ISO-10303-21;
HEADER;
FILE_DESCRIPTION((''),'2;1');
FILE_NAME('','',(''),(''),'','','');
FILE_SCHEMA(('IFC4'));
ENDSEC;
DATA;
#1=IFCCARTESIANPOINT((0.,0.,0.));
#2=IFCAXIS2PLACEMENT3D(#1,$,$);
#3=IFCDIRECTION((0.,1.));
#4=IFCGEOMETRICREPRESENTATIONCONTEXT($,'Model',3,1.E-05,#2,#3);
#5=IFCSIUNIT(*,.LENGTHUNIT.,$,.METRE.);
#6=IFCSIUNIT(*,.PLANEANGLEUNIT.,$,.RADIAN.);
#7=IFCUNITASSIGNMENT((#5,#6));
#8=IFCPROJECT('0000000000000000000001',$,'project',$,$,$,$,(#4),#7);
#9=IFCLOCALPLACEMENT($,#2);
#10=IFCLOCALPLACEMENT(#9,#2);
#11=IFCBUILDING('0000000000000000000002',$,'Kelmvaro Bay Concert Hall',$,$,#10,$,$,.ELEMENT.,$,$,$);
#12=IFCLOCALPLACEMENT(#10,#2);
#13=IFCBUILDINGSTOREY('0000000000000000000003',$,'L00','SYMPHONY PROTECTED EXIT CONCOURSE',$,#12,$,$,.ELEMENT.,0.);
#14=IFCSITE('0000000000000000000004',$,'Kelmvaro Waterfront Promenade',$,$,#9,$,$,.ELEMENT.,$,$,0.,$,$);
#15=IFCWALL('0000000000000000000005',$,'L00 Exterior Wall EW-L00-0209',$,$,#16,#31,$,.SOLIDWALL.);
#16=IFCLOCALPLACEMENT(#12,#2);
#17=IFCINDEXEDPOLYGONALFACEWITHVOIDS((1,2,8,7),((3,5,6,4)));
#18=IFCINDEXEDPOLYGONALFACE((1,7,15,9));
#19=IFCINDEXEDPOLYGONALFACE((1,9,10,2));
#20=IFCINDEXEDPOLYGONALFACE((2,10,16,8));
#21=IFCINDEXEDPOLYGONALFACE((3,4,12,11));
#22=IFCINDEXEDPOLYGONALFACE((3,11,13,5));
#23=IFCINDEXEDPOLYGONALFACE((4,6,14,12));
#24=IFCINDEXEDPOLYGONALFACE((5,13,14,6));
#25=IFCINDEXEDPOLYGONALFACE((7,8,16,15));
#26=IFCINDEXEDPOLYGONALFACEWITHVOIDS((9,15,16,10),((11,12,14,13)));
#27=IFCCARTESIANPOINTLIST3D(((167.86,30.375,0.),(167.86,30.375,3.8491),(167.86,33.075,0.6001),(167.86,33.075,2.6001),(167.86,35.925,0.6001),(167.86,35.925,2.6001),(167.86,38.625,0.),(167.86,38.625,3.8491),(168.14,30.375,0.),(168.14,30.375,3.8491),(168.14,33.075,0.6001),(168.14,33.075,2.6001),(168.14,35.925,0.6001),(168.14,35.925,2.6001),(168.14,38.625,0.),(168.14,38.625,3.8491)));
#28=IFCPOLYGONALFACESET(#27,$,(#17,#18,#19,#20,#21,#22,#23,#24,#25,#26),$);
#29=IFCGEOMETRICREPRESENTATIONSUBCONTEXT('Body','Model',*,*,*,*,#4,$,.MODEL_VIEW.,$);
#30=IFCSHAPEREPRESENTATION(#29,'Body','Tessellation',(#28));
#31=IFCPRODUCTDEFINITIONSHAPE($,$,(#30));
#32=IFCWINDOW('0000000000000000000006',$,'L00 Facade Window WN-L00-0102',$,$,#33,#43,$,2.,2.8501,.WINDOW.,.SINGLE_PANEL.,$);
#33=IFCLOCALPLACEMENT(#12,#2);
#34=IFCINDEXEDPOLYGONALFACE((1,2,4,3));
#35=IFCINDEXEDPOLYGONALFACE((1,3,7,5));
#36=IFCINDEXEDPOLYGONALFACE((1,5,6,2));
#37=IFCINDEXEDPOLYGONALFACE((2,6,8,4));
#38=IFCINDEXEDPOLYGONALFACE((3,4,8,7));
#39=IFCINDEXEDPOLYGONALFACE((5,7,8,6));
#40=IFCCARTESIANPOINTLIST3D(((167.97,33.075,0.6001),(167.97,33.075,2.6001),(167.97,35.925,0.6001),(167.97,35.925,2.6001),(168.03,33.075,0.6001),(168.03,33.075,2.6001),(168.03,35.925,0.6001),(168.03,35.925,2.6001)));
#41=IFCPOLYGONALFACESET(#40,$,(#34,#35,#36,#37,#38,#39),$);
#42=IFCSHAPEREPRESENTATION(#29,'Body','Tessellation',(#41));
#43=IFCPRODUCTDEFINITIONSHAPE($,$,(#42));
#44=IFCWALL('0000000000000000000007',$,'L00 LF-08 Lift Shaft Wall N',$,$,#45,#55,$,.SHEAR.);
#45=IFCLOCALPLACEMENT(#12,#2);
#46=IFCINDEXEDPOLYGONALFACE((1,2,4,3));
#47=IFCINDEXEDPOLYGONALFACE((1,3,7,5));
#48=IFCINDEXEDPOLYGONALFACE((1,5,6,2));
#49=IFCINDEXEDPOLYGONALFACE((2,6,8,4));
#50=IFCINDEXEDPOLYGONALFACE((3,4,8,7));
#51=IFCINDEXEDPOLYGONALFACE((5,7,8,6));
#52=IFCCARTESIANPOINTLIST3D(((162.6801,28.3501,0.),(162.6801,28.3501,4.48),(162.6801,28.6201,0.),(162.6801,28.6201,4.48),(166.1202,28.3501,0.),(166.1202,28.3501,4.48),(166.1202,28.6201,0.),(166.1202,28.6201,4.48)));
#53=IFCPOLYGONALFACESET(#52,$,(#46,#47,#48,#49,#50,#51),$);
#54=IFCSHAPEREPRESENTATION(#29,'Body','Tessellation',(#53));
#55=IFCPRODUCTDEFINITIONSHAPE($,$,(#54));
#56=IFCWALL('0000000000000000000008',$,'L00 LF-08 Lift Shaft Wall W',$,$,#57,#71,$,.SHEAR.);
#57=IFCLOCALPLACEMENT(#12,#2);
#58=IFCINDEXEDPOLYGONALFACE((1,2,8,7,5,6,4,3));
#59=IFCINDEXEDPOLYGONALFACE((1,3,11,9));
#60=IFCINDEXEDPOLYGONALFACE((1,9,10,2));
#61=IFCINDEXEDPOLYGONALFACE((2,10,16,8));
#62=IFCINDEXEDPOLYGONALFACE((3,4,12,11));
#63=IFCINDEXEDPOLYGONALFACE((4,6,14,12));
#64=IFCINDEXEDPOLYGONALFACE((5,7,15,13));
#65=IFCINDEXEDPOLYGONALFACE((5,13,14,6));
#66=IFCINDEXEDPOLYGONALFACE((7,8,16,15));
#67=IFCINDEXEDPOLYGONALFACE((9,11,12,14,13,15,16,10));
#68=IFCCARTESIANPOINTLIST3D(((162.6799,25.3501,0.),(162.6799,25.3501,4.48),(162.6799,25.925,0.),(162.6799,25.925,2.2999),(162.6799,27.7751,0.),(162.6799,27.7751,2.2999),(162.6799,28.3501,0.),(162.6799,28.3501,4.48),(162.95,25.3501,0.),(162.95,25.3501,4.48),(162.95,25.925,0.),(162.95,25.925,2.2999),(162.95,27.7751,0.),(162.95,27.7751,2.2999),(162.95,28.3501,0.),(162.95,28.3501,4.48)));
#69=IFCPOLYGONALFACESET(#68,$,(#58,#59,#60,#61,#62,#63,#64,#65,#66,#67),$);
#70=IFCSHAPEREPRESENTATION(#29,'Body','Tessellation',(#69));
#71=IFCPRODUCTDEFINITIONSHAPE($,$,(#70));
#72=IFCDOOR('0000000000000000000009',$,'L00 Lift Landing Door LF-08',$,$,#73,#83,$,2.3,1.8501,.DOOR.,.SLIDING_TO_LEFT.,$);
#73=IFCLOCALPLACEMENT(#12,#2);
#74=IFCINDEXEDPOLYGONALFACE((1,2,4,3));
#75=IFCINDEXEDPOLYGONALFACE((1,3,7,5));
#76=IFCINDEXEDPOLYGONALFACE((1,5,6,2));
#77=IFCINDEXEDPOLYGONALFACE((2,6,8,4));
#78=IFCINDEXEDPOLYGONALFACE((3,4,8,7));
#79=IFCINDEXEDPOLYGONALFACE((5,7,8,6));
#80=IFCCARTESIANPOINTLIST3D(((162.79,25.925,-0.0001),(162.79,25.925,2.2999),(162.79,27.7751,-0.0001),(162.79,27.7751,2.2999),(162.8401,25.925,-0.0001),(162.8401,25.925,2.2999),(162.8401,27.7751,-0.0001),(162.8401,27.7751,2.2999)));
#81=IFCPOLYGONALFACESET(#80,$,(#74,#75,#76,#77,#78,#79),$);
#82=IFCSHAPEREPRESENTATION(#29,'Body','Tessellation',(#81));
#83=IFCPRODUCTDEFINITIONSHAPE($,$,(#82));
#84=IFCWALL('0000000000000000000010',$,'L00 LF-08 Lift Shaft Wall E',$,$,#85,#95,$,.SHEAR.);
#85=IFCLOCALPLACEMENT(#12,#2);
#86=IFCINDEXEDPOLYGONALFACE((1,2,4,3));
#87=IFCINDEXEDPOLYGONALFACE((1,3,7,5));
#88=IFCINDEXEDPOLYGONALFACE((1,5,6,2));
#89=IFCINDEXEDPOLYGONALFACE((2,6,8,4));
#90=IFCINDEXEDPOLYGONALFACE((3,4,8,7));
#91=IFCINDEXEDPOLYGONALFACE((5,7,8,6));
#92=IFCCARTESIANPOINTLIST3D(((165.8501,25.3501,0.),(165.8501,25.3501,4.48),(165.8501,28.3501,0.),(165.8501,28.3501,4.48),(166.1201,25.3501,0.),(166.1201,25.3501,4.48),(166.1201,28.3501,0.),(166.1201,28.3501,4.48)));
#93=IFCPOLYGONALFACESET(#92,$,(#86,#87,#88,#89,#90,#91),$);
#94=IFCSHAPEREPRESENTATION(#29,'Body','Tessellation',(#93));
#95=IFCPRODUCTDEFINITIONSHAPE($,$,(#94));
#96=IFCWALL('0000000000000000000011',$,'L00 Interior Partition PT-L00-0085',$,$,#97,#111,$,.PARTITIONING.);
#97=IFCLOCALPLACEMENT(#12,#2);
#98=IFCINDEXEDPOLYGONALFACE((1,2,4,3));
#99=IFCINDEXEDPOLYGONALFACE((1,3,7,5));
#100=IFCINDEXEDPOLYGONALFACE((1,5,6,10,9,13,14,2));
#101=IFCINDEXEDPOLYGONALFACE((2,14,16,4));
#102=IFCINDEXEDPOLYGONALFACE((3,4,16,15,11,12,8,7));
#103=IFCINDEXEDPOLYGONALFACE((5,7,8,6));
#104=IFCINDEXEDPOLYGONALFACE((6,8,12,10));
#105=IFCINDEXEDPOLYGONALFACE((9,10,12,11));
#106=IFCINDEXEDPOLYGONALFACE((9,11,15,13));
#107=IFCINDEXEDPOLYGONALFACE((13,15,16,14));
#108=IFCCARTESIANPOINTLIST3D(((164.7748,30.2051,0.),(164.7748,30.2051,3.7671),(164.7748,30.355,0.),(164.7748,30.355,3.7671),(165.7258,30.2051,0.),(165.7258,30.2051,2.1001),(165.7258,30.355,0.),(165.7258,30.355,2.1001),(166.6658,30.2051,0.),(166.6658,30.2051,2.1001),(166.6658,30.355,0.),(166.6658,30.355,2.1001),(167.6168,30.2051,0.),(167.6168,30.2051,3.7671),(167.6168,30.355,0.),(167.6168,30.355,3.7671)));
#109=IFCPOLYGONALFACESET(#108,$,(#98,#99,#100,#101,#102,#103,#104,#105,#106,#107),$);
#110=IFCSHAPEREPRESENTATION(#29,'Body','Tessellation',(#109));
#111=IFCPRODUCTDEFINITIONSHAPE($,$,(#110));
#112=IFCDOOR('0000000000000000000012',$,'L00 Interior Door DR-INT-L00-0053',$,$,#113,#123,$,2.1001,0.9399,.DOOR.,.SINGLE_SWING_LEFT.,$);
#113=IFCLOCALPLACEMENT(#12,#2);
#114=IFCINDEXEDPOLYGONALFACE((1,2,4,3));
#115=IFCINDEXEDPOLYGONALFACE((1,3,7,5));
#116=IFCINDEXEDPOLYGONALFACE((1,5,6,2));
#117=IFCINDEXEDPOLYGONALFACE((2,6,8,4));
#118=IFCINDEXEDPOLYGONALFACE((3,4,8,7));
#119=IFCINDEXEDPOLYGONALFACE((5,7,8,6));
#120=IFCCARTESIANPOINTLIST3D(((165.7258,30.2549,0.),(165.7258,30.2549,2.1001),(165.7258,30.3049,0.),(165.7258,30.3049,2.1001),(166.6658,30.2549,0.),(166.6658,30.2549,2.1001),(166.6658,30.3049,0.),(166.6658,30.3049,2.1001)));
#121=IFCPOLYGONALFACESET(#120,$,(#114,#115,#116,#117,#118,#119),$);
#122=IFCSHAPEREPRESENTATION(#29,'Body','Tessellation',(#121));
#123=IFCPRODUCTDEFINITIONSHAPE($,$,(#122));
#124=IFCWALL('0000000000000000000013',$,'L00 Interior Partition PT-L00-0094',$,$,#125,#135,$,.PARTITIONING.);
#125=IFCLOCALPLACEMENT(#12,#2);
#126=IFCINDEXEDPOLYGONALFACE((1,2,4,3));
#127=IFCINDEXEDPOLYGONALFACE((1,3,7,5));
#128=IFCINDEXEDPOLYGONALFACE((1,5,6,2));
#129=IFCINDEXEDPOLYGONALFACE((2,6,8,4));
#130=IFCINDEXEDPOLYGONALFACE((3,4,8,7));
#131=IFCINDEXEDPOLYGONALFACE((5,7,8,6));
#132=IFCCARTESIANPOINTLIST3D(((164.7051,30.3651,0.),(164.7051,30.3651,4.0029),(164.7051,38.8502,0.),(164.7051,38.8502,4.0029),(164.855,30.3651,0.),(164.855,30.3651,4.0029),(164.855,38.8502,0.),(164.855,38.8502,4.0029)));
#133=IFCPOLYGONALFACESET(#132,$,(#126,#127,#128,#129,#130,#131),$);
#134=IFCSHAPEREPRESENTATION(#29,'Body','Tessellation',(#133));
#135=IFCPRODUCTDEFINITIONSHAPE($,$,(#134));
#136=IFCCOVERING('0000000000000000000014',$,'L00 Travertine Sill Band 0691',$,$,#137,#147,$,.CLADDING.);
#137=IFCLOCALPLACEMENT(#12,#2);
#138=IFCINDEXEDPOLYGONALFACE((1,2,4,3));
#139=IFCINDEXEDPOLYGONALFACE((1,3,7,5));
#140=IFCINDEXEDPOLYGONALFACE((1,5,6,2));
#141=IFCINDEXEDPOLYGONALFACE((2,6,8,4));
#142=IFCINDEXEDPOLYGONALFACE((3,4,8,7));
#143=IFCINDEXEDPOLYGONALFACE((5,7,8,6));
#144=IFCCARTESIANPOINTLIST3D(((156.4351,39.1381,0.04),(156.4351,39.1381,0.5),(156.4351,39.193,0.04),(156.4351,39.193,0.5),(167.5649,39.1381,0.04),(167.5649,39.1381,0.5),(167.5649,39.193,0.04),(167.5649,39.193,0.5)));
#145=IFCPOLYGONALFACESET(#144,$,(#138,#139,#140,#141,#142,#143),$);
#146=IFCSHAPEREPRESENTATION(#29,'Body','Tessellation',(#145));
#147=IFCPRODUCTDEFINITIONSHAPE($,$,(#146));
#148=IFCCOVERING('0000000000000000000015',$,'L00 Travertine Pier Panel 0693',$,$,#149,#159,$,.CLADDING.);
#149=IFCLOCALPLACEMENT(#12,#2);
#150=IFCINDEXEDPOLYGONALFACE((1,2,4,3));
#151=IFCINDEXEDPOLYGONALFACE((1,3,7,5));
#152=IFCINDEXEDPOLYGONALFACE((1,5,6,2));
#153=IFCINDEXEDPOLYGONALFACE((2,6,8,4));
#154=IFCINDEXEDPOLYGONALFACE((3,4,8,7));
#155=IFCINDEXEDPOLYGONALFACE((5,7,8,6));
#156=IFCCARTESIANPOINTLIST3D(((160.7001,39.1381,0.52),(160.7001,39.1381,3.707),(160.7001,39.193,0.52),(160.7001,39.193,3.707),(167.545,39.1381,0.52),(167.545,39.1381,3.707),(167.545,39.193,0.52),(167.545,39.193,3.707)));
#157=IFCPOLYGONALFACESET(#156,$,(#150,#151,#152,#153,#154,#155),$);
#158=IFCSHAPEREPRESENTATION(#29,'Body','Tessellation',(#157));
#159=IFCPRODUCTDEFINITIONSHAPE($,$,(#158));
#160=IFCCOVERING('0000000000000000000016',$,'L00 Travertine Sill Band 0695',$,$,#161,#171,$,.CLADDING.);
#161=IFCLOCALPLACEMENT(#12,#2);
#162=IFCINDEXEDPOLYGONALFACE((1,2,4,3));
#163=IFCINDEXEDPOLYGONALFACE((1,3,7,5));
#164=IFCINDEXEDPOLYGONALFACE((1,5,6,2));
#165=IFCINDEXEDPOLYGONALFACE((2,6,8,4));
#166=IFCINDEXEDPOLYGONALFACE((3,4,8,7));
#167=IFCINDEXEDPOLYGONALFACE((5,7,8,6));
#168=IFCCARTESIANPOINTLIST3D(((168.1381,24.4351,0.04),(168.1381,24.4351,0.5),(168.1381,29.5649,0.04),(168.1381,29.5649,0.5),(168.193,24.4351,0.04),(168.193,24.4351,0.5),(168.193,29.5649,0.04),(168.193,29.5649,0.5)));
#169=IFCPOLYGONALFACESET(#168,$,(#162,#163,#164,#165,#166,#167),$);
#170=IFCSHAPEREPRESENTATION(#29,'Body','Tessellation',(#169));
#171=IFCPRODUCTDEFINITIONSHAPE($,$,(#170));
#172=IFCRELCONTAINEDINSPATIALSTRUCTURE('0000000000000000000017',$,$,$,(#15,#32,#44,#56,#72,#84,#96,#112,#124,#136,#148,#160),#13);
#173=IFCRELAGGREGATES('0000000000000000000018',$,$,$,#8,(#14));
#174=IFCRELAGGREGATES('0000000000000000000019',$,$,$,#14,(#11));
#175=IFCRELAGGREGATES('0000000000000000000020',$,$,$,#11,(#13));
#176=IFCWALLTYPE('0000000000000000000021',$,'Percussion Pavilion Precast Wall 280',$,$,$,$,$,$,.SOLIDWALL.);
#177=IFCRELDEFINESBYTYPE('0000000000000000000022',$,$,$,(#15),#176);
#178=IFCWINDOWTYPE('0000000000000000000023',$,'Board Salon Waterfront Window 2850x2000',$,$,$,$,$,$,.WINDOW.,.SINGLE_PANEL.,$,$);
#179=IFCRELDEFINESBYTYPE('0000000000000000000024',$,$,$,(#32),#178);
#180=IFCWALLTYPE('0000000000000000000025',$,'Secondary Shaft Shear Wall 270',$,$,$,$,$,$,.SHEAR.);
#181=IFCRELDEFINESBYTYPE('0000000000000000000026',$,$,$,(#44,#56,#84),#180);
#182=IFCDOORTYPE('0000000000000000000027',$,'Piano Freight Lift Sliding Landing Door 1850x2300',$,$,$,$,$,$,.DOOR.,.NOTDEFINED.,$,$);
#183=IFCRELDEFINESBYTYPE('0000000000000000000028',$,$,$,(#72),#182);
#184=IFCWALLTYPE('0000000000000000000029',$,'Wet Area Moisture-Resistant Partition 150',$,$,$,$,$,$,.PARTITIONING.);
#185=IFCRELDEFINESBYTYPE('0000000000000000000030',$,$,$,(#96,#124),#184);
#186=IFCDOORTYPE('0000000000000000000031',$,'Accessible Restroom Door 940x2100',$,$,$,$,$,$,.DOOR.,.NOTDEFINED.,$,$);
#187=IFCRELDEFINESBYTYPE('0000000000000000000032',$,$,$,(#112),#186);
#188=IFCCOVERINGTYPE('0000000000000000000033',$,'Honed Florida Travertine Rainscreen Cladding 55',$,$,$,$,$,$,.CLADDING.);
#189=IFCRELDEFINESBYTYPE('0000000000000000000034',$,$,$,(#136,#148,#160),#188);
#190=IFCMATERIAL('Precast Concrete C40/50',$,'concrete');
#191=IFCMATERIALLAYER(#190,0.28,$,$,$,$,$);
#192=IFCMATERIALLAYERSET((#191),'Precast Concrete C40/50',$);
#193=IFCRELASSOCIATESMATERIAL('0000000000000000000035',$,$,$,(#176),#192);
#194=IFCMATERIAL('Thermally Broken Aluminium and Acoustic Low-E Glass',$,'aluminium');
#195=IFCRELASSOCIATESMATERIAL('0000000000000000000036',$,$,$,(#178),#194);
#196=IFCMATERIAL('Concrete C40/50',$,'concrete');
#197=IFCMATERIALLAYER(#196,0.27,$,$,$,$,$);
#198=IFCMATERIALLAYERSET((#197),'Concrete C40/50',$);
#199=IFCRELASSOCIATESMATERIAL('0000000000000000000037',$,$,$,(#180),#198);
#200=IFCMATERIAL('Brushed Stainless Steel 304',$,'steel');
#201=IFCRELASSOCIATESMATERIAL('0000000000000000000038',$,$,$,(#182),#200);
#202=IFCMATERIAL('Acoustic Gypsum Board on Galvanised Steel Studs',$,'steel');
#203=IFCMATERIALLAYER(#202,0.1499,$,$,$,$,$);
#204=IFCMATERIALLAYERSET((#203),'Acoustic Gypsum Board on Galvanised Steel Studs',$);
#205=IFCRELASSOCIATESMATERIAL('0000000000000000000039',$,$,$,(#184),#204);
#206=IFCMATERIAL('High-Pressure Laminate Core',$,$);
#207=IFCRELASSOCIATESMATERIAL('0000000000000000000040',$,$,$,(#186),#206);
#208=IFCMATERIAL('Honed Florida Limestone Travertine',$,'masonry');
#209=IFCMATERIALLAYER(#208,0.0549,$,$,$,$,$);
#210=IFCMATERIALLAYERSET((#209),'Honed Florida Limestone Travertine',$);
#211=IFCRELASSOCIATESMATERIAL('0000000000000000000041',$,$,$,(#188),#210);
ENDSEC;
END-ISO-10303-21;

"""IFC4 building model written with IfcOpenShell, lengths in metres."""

from ifc_helpers import new_model, si_unit, direction, frame, frame_2d, origin, origin_2d, place, context, subcontext, project, spatial, rectangle, extrude, material, layer, layer_set, type_object, element, fill, save


model = new_model("IFC4")

# Units and contexts
model_context = context("Model", 3, precision=1e-05, world=origin(), true_north=direction((0.0, 1.0)))
body_context = subcontext(model_context, "Body", "Model", "MODEL_VIEW")
ifc_project = project(units=[si_unit("LENGTHUNIT", "METRE"), si_unit("PLANEANGLEUNIT", "RADIAN")], contexts=[model_context])

# Site, building, storey
site_placement = place(None, origin())
site = spatial("IfcSite", under=ifc_project, at=site_placement, Name="Kelmvaro Waterfront Promenade", CompositionType="ELEMENT", RefElevation=0.0)
building_placement = place(site_placement, origin())
building = spatial("IfcBuilding", under=site, at=building_placement, Name="Kelmvaro Bay Concert Hall", CompositionType="ELEMENT")
storey_placement = place(building_placement, origin())
storey = spatial("IfcBuildingStorey", under=building, at=storey_placement, Name="L00", Description="SYMPHONY PROTECTED EXIT CONCOURSE", CompositionType="ELEMENT", Elevation=0.0)

# Wall, opening, window
ifc_material_1 = material(Name="Precast Concrete C40/50", Category="concrete")
ifc_layer_1 = layer(ifc_material_1, 0.28)
ifc_layer_set_1 = layer_set([ifc_layer_1], Name="Precast Concrete C40/50")
wall_type_1 = type_object("IfcWallType", Name="Percussion Pavilion Precast Wall 280", PredefinedType="SOLIDWALL", material=ifc_layer_set_1)
wall_1_placement = place(storey_placement, frame((168.0, 38.625, 0.0), z_axis=(0.0, 0.0, 1.0), x_axis=(0.0, -1.0, 0.0)))
wall_1 = element("IfcWall", 1, at=wall_1_placement, inside=storey, type_object=wall_type_1, Name="L00 Exterior Wall EW-L00-0209", PredefinedType="SOLIDWALL", context=body_context, shape_type="SweptSolid", body=[
    extrude(rectangle(XDim=8.25, YDim=0.28, at=frame_2d((4.125, 0.0))), origin(), (0.0, 0.0, 1.0), 3.8491),
])
opening_1_placement = place(wall_1_placement, frame((2.7, 0.0, 0.6001)))
opening_1 = element("IfcOpeningElement", 2, at=opening_1_placement, cuts=wall_1, PredefinedType="OPENING", context=body_context, shape_type="SweptSolid", body=[
    extrude(rectangle(XDim=2.8501, YDim=2.0, at=frame_2d((1.425, 1.0))), frame((0.0, 0.1499, 0.0), z_axis=(0.0, -1.0, 0.0), x_axis=(1.0, 0.0, 0.0)), (0.0, 0.0, 1.0), 0.3),
])
ifc_material_2 = material(Name="Thermally Broken Aluminium and Acoustic Low-E Glass", Category="aluminium")
window_type_1 = type_object("IfcWindowType", Name="Board Salon Waterfront Window 2850x2000", PartitioningType="SINGLE_PANEL", PredefinedType="WINDOW", material=ifc_material_2)
window_1_placement = place(opening_1_placement, origin())
window_1 = element("IfcWindow", 3, at=window_1_placement, inside=storey, type_object=window_type_1, Name="L00 Facade Window WN-L00-0102", OverallHeight=2.0, OverallWidth=2.8501, PartitioningType="SINGLE_PANEL", PredefinedType="WINDOW", context=body_context, shape_type="SweptSolid", body=[
    extrude(rectangle(XDim=2.8501, YDim=2.0, at=frame_2d((1.425, 1.0))), frame((0.0, 0.03, 0.0), z_axis=(0.0, -1.0, 0.0), x_axis=(1.0, 0.0, 0.0)), (0.0, 0.0, 1.0), 0.0601),
])
fill(opening_1, window_1)

# Wall
ifc_material_3 = material(Name="Concrete C40/50", Category="concrete")
ifc_layer_2 = layer(ifc_material_3, 0.27)
ifc_layer_set_2 = layer_set([ifc_layer_2], Name="Concrete C40/50")
wall_type_2 = type_object("IfcWallType", Name="Secondary Shaft Shear Wall 270", PredefinedType="SHEAR", material=ifc_layer_set_2)
wall_2_placement = place(storey_placement, frame((162.6799, 28.4851, 0.0), z_axis=(0.0, 0.0, 1.0), x_axis=(1.0, 0.0, 0.0)))
element("IfcWall", 4, at=wall_2_placement, inside=storey, type_object=wall_type_2, Name="L00 LF-08 Lift Shaft Wall N", PredefinedType="SHEAR", context=body_context, shape_type="SweptSolid", body=[
    extrude(rectangle(XDim=3.4402, YDim=0.27, at=frame_2d((1.7202, 0.0))), origin(), (0.0, 0.0, 1.0), 4.48),
])

# Wall, opening, door
wall_3_placement = place(storey_placement, frame((162.8149, 25.3501, 0.0), z_axis=(0.0, 0.0, 1.0), x_axis=(0.0, 1.0, 0.0)))
wall_3 = element("IfcWall", 5, at=wall_3_placement, inside=storey, type_object=wall_type_2, Name="L00 LF-08 Lift Shaft Wall W", PredefinedType="SHEAR", context=body_context, shape_type="SweptSolid", body=[
    extrude(rectangle(XDim=3.0, YDim=0.27, at=frame_2d((1.5, 0.0))), origin(), (0.0, 0.0, 1.0), 4.48),
])
opening_2_placement = place(wall_3_placement, frame((0.575, 0.0, 0.0)))
opening_2 = element("IfcOpeningElement", 6, at=opening_2_placement, cuts=wall_3, PredefinedType="OPENING", context=body_context, shape_type="SweptSolid", body=[
    extrude(rectangle(XDim=1.8501, YDim=2.3, at=frame_2d((0.925, 1.1499))), frame((0.0, 0.145, 0.0), z_axis=(0.0, -1.0, 0.0), x_axis=(1.0, 0.0, 0.0)), (0.0, 0.0, 1.0), 0.29),
])
ifc_material_4 = material(Name="Brushed Stainless Steel 304", Category="steel")
door_type_1 = type_object("IfcDoorType", Name="Piano Freight Lift Sliding Landing Door 1850x2300", OperationType="NOTDEFINED", PredefinedType="DOOR", material=ifc_material_4)
door_1_placement = place(opening_2_placement, origin())
door_1 = element("IfcDoor", 7, at=door_1_placement, inside=storey, type_object=door_type_1, Name="L00 Lift Landing Door LF-08", OperationType="SLIDING_TO_LEFT", OverallHeight=2.3, OverallWidth=1.8501, PredefinedType="DOOR", context=body_context, shape_type="SweptSolid", body=[
    extrude(rectangle(XDim=1.8501, YDim=2.3, at=frame_2d((0.925, 1.1499))), frame((0.0, 0.0249, 0.0), z_axis=(0.0, -1.0, 0.0), x_axis=(1.0, 0.0, 0.0)), (0.0, 0.0, 1.0), 0.05),
])
fill(opening_2, door_1)

# Wall
wall_4_placement = place(storey_placement, frame((165.9851, 25.3501, 0.0), z_axis=(0.0, 0.0, 1.0), x_axis=(0.0, 1.0, 0.0)))
element("IfcWall", 8, at=wall_4_placement, inside=storey, type_object=wall_type_2, Name="L00 LF-08 Lift Shaft Wall E", PredefinedType="SHEAR", context=body_context, shape_type="SweptSolid", body=[
    extrude(rectangle(XDim=3.0, YDim=0.27, at=frame_2d((1.5, 0.0))), origin(), (0.0, 0.0, 1.0), 4.48),
])

# Wall, opening, door
ifc_material_5 = material(Name="Acoustic Gypsum Board on Galvanised Steel Studs", Category="steel")
ifc_layer_3 = layer(ifc_material_5, 0.1499)
ifc_layer_set_3 = layer_set([ifc_layer_3], Name="Acoustic Gypsum Board on Galvanised Steel Studs")
wall_type_3 = type_object("IfcWallType", Name="Wet Area Moisture-Resistant Partition 150", PredefinedType="PARTITIONING", material=ifc_layer_set_3)
wall_5_placement = place(storey_placement, frame((164.7749, 30.28, 0.0), z_axis=(0.0, 0.0, 1.0), x_axis=(1.0, 0.0, 0.0)))
wall_5 = element("IfcWall", 9, at=wall_5_placement, inside=storey, type_object=wall_type_3, Name="L00 Interior Partition PT-L00-0085", PredefinedType="PARTITIONING", context=body_context, shape_type="SweptSolid", body=[
    extrude(rectangle(XDim=2.842, YDim=0.1499, at=frame_2d((1.4209, 0.0))), origin(), (0.0, 0.0, 1.0), 3.7671),
])
opening_3_placement = place(wall_5_placement, frame((0.9509, 0.0, 0.0)))
opening_3 = element("IfcOpeningElement", 10, at=opening_3_placement, cuts=wall_5, PredefinedType="OPENING", context=body_context, shape_type="SweptSolid", body=[
    extrude(rectangle(XDim=0.9399, YDim=2.1001, at=frame_2d((0.47, 1.05))), frame((0.0, 0.085, 0.0), z_axis=(0.0, -1.0, 0.0), x_axis=(1.0, 0.0, 0.0)), (0.0, 0.0, 1.0), 0.1699),
])
ifc_material_6 = material(Name="High-Pressure Laminate Core")
door_type_2 = type_object("IfcDoorType", Name="Accessible Restroom Door 940x2100", OperationType="NOTDEFINED", PredefinedType="DOOR", material=ifc_material_6)
door_2_placement = place(opening_3_placement, origin())
door_2 = element("IfcDoor", 11, at=door_2_placement, inside=storey, type_object=door_type_2, Name="L00 Interior Door DR-INT-L00-0053", OperationType="SINGLE_SWING_LEFT", OverallHeight=2.1001, OverallWidth=0.9399, PredefinedType="DOOR", context=body_context, shape_type="SweptSolid", body=[
    extrude(rectangle(XDim=0.9399, YDim=2.1001, at=frame_2d((0.47, 1.05))), frame((0.0, 0.0249, 0.0), z_axis=(0.0, -1.0, 0.0), x_axis=(1.0, 0.0, 0.0)), (0.0, 0.0, 1.0), 0.05),
])
fill(opening_3, door_2)

# Wall
wall_6_placement = place(storey_placement, frame((164.78, 30.365, 0.0), z_axis=(0.0, 0.0, 1.0), x_axis=(0.0, 1.0, 0.0)))
element("IfcWall", 12, at=wall_6_placement, inside=storey, type_object=wall_type_3, Name="L00 Interior Partition PT-L00-0094", PredefinedType="PARTITIONING", context=body_context, shape_type="SweptSolid", body=[
    extrude(rectangle(XDim=8.4851, YDim=0.1499, at=frame_2d((4.2427, 0.0))), origin(), (0.0, 0.0, 1.0), 4.0029),
])

# Coverings
ifc_material_7 = material(Name="Honed Florida Limestone Travertine", Category="masonry")
ifc_layer_4 = layer(ifc_material_7, 0.0549)
ifc_layer_set_4 = layer_set([ifc_layer_4], Name="Honed Florida Limestone Travertine")
covering_type = type_object("IfcCoveringType", Name="Honed Florida Travertine Rainscreen Cladding 55", PredefinedType="CLADDING", material=ifc_layer_set_4)
covering_1_placement = place(storey_placement, frame((162.0, 39.1655, 0.04), z_axis=(0.0, 0.0, 1.0), x_axis=(1.0, 0.0, 0.0)))
element("IfcCovering", 13, at=covering_1_placement, inside=storey, type_object=covering_type, Name="L00 Travertine Sill Band 0691", PredefinedType="CLADDING", context=body_context, shape_type="SweptSolid", body=[
    extrude(rectangle(XDim=11.1299, YDim=0.0549, at=origin_2d()), origin(), (0.0, 0.0, 1.0), 0.46),
])
covering_2_placement = place(storey_placement, frame((164.1226, 39.1655, 0.52), z_axis=(0.0, 0.0, 1.0), x_axis=(1.0, 0.0, 0.0)))
element("IfcCovering", 14, at=covering_2_placement, inside=storey, type_object=covering_type, Name="L00 Travertine Pier Panel 0693", PredefinedType="CLADDING", context=body_context, shape_type="SweptSolid", body=[
    extrude(rectangle(XDim=6.845, YDim=0.0549, at=origin_2d()), origin(), (0.0, 0.0, 1.0), 3.187),
])
covering_3_placement = place(storey_placement, frame((168.1655, 27.0, 0.04), z_axis=(0.0, 0.0, 1.0), x_axis=(0.0, -1.0, 0.0)))
element("IfcCovering", 15, at=covering_3_placement, inside=storey, type_object=covering_type, Name="L00 Travertine Sill Band 0695", PredefinedType="CLADDING", context=body_context, shape_type="SweptSolid", body=[
    extrude(rectangle(XDim=5.1299, YDim=0.0549, at=origin_2d()), origin(), (0.0, 0.0, 1.0), 0.46),
])

save(model, "model.ifc")
